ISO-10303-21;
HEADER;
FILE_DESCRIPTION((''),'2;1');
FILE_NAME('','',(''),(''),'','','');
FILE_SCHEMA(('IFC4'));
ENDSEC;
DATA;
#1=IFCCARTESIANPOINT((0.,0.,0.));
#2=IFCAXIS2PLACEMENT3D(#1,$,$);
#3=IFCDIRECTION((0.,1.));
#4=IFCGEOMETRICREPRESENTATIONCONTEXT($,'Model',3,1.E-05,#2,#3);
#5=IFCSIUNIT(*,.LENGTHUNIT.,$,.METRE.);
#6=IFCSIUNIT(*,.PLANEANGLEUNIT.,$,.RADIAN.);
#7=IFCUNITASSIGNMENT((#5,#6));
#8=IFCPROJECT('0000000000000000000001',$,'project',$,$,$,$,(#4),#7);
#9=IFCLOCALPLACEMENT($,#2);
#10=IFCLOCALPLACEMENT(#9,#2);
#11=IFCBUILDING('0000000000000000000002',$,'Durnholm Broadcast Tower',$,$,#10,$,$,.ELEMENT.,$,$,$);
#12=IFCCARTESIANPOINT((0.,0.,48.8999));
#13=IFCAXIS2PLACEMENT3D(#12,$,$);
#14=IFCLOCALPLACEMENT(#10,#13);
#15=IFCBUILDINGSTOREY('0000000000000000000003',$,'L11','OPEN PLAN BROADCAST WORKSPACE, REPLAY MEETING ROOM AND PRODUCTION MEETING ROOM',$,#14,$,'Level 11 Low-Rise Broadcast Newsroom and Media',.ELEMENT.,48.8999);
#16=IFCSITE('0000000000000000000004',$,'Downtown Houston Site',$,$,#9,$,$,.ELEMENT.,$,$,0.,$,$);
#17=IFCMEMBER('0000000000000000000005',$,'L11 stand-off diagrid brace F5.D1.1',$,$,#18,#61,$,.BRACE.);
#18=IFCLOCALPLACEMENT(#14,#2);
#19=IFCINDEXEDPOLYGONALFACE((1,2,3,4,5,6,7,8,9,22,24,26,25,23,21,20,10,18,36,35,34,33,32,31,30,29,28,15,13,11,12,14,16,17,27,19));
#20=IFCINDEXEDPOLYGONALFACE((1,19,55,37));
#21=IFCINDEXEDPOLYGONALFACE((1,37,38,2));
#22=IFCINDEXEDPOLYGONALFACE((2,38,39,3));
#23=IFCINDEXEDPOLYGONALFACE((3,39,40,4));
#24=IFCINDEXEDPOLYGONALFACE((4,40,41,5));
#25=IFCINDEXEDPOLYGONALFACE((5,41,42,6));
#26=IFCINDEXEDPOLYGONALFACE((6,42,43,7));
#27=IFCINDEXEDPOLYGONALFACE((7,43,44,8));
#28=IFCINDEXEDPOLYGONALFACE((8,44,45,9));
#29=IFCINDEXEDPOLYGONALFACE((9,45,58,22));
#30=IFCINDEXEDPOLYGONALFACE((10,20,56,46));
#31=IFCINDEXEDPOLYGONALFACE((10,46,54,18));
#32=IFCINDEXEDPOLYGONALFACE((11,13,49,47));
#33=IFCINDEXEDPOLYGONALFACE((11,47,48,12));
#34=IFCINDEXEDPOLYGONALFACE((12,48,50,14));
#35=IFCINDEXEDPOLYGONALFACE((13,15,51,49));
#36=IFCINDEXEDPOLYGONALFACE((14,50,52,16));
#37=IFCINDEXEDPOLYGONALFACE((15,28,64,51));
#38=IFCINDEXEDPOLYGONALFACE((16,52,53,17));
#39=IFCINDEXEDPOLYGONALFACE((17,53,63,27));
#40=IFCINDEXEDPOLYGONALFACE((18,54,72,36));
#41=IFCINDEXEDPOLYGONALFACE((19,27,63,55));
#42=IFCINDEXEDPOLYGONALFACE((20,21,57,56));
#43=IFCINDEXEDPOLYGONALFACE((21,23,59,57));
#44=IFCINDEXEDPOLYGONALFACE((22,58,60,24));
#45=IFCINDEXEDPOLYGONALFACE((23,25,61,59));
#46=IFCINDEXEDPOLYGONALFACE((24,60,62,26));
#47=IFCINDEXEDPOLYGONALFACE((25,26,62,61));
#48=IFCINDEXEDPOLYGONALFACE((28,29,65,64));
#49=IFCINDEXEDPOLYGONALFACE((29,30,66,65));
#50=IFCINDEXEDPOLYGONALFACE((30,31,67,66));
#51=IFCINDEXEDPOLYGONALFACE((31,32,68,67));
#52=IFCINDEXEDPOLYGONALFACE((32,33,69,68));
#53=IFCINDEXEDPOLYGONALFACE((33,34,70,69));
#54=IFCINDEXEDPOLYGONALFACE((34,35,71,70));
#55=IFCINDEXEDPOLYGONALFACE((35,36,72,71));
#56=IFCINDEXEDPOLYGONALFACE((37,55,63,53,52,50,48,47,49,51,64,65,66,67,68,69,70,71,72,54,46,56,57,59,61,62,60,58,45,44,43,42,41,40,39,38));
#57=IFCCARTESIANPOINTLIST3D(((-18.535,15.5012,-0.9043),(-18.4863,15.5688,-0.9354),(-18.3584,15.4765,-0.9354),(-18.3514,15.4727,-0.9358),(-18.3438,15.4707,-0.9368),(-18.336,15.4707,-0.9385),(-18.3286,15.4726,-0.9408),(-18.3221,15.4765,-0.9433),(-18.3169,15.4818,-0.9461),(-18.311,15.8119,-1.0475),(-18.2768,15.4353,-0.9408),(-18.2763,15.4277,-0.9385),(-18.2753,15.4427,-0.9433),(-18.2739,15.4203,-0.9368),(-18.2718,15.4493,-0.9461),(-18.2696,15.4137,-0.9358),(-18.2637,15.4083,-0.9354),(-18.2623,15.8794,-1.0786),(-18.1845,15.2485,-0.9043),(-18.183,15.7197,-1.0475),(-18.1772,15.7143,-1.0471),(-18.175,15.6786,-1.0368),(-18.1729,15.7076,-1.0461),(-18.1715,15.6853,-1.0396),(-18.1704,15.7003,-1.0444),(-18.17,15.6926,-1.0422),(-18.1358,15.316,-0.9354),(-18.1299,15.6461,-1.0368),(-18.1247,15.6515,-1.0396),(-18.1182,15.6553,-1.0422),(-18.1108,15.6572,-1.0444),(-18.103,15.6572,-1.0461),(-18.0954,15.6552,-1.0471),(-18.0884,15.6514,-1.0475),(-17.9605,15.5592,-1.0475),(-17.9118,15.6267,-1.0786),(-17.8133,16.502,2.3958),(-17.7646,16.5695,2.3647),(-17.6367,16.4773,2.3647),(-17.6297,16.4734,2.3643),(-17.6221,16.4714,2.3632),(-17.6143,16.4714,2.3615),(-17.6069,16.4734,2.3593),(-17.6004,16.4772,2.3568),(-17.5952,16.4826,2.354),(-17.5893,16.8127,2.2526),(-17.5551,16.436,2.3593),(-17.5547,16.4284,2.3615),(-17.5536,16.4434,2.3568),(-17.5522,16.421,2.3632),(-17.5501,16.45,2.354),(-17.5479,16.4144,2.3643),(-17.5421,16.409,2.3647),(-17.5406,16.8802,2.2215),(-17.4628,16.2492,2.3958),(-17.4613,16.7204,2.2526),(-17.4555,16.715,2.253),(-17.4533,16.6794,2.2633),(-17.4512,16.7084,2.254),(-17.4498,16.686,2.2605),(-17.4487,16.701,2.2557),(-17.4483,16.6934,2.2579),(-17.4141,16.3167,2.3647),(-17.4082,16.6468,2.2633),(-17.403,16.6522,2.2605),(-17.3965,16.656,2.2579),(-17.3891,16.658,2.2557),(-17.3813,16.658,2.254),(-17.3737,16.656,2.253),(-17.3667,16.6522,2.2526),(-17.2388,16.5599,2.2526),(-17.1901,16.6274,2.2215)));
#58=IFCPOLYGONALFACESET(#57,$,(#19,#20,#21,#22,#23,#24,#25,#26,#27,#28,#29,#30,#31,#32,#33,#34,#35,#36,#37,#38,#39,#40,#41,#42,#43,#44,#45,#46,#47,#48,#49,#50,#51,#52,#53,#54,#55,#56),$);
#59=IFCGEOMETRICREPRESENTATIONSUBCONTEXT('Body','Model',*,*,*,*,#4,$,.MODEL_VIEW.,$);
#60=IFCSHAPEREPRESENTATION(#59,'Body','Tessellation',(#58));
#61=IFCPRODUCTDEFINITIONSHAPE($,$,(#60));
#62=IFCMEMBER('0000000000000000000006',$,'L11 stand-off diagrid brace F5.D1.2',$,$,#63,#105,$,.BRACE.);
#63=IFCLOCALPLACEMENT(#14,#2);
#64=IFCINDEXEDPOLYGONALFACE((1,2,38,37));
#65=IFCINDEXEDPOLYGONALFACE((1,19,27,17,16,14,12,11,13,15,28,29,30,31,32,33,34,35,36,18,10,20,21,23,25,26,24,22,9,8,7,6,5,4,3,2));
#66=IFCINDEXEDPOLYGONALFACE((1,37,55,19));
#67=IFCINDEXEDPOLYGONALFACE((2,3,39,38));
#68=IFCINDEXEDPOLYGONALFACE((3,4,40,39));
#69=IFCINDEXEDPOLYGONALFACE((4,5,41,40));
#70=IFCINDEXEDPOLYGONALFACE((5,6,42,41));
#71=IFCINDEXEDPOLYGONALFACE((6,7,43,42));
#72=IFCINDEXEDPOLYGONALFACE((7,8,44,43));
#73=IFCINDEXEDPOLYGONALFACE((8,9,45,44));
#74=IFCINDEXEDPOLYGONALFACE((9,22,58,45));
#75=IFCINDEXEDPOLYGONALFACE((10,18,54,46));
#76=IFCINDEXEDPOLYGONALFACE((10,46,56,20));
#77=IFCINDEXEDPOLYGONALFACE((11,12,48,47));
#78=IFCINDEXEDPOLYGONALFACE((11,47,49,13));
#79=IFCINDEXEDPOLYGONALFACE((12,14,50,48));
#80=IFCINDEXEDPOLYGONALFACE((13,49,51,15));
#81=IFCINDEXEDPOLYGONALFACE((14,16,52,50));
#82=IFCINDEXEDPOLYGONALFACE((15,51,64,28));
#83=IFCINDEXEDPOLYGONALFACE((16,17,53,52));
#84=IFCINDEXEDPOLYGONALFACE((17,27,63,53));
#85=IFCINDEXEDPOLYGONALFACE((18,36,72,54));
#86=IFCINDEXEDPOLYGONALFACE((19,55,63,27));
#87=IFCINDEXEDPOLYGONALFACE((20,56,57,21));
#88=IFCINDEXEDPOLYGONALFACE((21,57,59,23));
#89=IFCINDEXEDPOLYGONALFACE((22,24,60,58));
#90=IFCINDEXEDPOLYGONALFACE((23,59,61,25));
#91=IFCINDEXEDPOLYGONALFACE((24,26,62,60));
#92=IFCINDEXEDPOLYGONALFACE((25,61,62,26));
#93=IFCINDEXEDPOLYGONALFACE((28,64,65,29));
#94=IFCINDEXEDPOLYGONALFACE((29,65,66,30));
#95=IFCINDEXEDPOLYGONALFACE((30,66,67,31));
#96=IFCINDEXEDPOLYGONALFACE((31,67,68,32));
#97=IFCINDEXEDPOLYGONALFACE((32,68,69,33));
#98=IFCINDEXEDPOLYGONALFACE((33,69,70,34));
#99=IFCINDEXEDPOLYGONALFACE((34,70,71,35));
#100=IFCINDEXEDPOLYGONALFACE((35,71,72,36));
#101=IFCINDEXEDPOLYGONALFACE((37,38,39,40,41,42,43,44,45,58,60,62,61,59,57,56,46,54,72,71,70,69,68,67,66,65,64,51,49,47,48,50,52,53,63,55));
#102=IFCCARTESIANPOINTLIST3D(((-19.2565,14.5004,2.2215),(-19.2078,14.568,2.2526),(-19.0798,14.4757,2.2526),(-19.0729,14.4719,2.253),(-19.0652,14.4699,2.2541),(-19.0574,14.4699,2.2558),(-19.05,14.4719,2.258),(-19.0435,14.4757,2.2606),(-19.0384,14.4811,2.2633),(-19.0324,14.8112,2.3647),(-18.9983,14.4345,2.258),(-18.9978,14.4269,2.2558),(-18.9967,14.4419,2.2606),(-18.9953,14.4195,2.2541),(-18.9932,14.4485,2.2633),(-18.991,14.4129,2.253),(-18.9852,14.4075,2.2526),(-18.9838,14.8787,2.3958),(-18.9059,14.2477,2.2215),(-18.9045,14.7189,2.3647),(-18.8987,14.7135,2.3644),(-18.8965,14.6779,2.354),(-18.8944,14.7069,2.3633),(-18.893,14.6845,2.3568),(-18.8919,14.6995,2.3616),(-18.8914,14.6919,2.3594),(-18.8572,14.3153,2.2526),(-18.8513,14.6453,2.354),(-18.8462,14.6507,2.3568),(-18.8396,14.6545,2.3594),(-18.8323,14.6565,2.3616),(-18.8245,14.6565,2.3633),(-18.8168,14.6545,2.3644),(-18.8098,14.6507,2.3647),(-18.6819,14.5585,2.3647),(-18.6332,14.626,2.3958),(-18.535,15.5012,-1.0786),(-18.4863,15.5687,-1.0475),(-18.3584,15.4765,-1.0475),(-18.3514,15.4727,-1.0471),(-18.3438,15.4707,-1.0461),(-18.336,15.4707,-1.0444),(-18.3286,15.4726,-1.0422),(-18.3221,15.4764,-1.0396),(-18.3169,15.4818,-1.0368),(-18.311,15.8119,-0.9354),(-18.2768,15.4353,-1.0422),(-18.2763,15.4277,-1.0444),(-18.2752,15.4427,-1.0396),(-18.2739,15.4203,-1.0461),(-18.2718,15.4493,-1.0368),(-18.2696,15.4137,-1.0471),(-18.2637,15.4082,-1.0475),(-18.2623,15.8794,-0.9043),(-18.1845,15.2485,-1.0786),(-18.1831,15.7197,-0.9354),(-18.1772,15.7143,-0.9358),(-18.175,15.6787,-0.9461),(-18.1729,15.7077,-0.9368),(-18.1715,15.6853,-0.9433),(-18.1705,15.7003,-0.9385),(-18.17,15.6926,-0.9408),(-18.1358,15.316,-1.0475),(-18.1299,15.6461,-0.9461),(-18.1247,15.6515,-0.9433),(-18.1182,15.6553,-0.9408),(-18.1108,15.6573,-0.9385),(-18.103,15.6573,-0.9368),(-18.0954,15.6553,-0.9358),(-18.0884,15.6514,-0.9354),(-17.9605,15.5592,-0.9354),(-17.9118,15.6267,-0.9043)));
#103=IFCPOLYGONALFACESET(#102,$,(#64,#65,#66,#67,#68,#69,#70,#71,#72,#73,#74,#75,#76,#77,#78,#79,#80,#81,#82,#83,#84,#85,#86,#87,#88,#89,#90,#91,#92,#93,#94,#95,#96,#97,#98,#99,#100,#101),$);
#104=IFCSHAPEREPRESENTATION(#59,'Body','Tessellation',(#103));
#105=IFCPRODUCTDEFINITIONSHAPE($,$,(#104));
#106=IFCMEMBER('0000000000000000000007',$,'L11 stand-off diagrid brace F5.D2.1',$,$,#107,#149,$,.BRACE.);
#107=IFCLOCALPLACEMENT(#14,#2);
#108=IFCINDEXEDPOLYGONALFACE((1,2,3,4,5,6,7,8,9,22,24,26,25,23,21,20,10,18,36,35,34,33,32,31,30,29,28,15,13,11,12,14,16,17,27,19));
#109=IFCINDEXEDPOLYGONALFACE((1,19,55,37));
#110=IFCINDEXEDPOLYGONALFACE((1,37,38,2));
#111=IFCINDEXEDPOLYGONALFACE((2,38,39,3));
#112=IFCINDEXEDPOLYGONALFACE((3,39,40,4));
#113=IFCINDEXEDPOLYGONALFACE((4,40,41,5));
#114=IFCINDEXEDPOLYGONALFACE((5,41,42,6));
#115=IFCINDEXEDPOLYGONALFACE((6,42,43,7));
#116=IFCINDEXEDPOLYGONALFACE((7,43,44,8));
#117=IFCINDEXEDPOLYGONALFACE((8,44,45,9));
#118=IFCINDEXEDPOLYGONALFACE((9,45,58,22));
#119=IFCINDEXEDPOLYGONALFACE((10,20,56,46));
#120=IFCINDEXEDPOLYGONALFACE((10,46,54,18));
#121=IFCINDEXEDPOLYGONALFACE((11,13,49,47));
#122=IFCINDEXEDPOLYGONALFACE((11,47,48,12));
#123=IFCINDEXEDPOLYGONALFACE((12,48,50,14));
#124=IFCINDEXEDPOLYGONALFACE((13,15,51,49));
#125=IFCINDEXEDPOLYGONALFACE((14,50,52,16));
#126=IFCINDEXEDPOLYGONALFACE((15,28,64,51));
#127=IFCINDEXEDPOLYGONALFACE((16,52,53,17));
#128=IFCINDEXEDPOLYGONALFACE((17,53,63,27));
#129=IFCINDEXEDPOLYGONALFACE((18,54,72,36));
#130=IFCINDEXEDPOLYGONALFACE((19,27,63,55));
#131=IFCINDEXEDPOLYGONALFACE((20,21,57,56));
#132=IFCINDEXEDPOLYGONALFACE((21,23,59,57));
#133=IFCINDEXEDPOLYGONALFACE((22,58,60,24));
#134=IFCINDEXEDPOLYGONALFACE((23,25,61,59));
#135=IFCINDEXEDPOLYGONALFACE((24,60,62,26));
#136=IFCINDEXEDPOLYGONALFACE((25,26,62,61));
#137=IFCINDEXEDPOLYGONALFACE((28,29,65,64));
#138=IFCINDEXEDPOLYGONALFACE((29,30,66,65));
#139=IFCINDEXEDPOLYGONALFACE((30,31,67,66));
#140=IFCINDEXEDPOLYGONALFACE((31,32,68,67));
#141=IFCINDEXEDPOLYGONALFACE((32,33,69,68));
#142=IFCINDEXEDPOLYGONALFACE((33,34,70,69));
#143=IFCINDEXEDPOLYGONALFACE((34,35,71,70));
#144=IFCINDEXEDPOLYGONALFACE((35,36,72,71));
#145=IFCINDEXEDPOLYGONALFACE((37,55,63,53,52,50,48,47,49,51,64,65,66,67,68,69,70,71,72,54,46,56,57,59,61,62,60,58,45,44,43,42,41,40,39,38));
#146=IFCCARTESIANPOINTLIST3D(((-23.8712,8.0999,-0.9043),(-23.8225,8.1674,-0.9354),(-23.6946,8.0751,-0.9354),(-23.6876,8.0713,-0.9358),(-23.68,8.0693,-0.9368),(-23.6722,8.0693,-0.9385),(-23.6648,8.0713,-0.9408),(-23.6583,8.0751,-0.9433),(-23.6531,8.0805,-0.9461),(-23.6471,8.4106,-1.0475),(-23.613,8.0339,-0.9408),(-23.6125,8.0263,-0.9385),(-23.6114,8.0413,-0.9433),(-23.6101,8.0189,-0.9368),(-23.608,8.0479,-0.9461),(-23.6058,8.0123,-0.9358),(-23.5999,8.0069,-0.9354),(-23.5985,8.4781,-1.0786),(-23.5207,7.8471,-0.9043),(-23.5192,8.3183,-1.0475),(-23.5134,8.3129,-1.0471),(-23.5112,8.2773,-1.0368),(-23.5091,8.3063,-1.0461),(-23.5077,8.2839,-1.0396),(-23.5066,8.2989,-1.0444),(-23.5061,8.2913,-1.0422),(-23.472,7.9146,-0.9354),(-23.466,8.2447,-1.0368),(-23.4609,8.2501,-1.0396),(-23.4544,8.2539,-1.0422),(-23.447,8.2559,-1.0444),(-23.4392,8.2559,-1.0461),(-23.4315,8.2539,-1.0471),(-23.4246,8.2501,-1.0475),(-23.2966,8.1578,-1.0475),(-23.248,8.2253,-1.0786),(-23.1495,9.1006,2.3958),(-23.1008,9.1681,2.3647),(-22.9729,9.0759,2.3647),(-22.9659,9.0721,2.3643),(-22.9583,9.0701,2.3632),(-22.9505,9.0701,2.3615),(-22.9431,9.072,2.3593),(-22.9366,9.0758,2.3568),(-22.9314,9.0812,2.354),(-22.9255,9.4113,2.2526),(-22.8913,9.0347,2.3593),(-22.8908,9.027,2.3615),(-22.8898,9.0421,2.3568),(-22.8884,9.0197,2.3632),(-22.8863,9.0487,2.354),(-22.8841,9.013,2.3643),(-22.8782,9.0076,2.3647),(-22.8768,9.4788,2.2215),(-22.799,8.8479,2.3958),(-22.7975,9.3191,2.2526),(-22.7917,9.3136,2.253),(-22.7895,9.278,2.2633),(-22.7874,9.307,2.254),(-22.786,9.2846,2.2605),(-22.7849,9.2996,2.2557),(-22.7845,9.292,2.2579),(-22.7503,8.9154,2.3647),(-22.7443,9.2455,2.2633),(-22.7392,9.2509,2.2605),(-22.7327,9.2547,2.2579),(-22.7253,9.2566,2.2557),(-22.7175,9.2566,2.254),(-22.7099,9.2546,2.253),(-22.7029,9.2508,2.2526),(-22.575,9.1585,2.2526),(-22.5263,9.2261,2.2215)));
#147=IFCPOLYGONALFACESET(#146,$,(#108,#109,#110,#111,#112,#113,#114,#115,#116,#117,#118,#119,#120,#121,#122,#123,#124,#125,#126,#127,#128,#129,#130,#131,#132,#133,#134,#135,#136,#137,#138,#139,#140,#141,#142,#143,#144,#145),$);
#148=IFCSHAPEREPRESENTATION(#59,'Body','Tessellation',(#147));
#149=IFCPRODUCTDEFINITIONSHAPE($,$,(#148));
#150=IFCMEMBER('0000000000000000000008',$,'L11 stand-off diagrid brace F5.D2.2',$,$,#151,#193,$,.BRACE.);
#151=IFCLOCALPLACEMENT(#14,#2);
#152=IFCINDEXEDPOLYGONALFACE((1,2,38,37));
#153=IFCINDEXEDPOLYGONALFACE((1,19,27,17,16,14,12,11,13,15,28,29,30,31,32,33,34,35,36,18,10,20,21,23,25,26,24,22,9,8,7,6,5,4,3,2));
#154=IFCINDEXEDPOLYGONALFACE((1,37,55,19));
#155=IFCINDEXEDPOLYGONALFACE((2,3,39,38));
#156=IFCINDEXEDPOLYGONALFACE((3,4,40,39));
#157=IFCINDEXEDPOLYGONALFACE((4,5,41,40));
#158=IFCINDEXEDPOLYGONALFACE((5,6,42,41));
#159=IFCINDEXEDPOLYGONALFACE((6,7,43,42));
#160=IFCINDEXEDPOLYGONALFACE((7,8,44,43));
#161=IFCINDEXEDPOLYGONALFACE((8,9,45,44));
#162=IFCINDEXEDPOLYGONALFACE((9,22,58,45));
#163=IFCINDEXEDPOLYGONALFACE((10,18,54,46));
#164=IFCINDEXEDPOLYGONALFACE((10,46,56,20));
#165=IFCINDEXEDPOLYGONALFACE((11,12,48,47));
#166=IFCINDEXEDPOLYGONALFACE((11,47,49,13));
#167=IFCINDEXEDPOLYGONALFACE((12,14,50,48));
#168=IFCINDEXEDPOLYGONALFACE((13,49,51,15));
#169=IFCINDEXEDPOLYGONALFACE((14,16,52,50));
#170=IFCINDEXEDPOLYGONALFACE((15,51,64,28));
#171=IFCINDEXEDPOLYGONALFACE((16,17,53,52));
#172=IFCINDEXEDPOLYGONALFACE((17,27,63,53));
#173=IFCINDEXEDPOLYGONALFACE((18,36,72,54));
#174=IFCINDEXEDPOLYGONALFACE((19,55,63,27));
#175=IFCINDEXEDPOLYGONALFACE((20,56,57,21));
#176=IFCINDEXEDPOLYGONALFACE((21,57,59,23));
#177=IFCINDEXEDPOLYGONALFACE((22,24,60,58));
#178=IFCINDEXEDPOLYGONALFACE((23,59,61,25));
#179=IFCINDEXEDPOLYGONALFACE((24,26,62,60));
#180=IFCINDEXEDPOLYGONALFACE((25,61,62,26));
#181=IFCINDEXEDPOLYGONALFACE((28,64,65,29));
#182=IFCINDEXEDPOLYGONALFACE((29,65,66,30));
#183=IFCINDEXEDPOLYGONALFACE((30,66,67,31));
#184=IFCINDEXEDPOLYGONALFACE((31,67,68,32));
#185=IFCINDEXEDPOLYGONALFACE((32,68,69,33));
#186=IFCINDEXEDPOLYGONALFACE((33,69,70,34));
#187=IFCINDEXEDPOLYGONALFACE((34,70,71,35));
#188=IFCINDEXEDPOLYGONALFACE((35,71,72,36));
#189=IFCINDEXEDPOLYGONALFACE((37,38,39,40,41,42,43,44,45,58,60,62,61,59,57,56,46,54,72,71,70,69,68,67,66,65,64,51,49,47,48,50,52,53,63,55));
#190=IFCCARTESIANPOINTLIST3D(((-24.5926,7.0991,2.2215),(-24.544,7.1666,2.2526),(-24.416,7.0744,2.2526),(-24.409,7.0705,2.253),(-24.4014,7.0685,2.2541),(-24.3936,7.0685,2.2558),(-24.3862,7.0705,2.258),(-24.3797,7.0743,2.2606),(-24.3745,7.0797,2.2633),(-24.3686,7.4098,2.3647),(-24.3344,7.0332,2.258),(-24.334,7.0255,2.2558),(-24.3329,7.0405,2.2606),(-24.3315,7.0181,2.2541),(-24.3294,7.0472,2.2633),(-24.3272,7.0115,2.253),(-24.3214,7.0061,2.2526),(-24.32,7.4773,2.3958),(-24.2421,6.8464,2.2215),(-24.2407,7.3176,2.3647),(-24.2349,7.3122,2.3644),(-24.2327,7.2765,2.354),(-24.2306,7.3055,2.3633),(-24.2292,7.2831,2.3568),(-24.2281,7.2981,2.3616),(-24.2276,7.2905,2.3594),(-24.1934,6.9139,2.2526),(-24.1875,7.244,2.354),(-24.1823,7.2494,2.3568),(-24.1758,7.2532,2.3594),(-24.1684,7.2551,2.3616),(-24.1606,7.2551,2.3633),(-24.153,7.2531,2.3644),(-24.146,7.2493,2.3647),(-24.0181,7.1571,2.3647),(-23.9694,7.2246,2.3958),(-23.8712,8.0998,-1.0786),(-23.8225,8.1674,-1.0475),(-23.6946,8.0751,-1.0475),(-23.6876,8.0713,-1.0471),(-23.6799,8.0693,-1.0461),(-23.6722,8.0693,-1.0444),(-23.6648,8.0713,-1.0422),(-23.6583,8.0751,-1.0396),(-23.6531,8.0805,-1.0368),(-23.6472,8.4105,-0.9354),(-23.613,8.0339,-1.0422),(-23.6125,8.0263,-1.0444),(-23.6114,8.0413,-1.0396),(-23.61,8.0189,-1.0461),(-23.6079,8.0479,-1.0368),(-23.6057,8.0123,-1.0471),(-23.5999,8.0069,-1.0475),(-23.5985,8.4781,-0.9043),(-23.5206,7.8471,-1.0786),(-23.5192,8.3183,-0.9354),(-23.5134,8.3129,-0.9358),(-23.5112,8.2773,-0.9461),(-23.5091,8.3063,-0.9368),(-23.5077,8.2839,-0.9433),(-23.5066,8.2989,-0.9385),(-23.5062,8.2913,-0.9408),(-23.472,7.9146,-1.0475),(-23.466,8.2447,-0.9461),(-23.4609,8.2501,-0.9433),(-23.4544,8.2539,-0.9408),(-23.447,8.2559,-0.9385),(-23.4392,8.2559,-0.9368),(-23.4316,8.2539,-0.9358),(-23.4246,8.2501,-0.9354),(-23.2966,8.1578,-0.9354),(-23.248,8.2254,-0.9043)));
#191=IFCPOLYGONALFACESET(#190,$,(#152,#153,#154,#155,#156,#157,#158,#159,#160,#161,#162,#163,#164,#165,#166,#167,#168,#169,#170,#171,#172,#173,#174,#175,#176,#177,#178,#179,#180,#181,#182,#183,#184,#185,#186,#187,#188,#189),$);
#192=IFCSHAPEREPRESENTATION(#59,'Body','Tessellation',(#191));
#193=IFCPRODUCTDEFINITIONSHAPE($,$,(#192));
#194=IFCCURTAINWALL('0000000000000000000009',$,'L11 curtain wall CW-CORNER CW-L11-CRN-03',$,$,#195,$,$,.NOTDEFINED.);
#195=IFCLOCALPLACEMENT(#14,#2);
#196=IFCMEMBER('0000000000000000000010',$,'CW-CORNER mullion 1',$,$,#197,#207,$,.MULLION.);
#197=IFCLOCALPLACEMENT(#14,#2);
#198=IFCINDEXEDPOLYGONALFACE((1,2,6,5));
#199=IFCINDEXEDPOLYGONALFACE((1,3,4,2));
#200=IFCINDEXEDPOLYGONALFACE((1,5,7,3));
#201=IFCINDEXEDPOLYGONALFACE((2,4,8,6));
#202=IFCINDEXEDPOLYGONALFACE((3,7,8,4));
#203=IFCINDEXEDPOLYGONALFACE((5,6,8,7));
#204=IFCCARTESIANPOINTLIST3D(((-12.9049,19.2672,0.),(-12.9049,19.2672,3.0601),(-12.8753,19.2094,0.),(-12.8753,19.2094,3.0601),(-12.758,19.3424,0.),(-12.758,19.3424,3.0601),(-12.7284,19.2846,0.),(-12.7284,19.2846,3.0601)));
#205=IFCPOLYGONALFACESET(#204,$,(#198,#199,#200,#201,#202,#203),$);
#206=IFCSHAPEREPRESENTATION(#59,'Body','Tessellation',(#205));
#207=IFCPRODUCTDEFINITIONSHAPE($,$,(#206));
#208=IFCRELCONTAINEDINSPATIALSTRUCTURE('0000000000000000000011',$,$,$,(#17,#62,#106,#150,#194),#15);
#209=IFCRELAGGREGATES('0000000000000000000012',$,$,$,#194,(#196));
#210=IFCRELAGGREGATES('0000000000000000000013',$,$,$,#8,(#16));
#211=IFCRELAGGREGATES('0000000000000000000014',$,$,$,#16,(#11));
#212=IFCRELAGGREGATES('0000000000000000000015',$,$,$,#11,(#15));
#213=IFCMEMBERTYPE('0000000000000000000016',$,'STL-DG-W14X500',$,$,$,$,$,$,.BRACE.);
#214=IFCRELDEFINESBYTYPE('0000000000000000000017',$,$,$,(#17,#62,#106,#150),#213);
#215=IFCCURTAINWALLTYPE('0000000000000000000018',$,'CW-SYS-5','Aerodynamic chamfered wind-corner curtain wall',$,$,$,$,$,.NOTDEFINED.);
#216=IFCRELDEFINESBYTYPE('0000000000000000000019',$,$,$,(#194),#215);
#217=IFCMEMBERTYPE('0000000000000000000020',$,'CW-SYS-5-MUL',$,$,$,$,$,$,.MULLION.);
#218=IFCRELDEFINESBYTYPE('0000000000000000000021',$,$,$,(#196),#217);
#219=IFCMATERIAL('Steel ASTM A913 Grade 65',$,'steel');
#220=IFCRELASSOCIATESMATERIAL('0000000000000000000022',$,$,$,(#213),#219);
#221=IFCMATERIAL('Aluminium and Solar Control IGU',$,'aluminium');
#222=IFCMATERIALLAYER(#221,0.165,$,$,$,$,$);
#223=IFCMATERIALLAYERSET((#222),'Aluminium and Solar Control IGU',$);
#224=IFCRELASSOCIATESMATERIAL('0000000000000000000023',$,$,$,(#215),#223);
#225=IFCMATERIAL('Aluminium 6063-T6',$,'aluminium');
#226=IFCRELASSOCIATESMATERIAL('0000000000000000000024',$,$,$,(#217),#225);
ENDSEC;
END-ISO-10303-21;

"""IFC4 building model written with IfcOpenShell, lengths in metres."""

from ifc_helpers import new_model, si_unit, direction, frame, origin, origin_2d, place, context, subcontext, project, spatial, rectangle, i_section, extrude, source, transform, mapped, material, layer, layer_set, material_profile, profile_set, type_object, type_shapes, element, aggregate, save


model = new_model("IFC4")

# Units and contexts
model_context = context("Model", 3, precision=1e-05, world=origin(), true_north=direction((0.0, 1.0)))
body_context = subcontext(model_context, "Body", "Model", "MODEL_VIEW")
ifc_project = project(units=[si_unit("LENGTHUNIT", "METRE"), si_unit("PLANEANGLEUNIT", "RADIAN")], contexts=[model_context])

# Site, building, storey
site_placement = place(None, origin())
site = spatial("IfcSite", under=ifc_project, at=site_placement, Name="Downtown Houston Site", CompositionType="ELEMENT", RefElevation=0.0)
building_placement = place(site_placement, origin())
building = spatial("IfcBuilding", under=site, at=building_placement, Name="Durnholm Broadcast Tower", CompositionType="ELEMENT")
storey_placement = place(building_placement, frame((0.0, 0.0, 48.8999)))
storey = spatial("IfcBuildingStorey", under=building, at=storey_placement, Name="L11", Description="OPEN PLAN BROADCAST WORKSPACE, REPLAY MEETING ROOM AND PRODUCTION MEETING ROOM", LongName="Level 11 Low-Rise Broadcast Newsroom and Media", CompositionType="ELEMENT", Elevation=48.8999)

# Members
ifc_material_1 = material(Name="Steel ASTM A913 Grade 65", Category="steel")
ifc_material_profile_1 = material_profile(ifc_material_1, i_section(OverallWidth=0.4321, OverallDepth=0.4978, WebThickness=0.0557, FlangeThickness=0.0889, FilletRadius=0.0305, at=origin_2d()), Name="W14X500")
ifc_profile_set_1 = profile_set([ifc_material_profile_1], Name="Steel ASTM A913 Grade 65")
member_type_1 = type_object("IfcMemberType", Name="STL-DG-W14X500", PredefinedType="BRACE", material=ifc_profile_set_1)
shared_shape_1 = source(origin(), body_context, "Body", "SweptSolid", [
    extrude(i_section(OverallWidth=0.4321, OverallDepth=0.4978, WebThickness=0.0557, FlangeThickness=0.0889, FilletRadius=0.0305, at=origin_2d()), origin(), (0.0, 0.0, 1.0), 3.5232),
])
type_shapes(member_type_1, [shared_shape_1])
for number, where, z_axis, x_axis, name in (
    (1, (-18.2234, 15.564, -0.9915), (0.204839, 0.284045, 0.936675), (-0.811091, 0.58492, 0.0), "L11 stand-off diagrid brace F5.D1.1"),
    (2, (-18.2234, 15.564, -0.9915), (-0.204773, -0.284049, 0.936688), (0.811185, -0.584789, 0.0), "L11 stand-off diagrid brace F5.D1.2"),
    (3, (-23.5596, 8.1626, -0.9915), (0.204839, 0.284045, 0.936675), (-0.811091, 0.58492, 0.0), "L11 stand-off diagrid brace F5.D2.1"),
    (4, (-23.5596, 8.1626, -0.9915), (-0.204773, -0.284049, 0.936688), (0.811185, -0.584789, 0.0), "L11 stand-off diagrid brace F5.D2.2"),
):
    element("IfcMember", number, at=place(storey_placement, frame(where, z_axis=z_axis, x_axis=x_axis)), inside=storey, type_object=member_type_1, Name=name, PredefinedType="BRACE", context=body_context, shape_type="MappedRepresentation", body=[
        mapped(shared_shape_1, transform((0.0, 0.0, 0.0), x_axis=(1.0, 0.0, 0.0), y_axis=(0.0, 1.0, 0.0), z_axis=(0.0, 0.0, 1.0), scale=1.0)),
    ])

# Curtain wall, member
ifc_material_2 = material(Name="Aluminium and Solar Control IGU", Category="aluminium")
ifc_layer_1 = layer(ifc_material_2, 0.165)
ifc_layer_set_1 = layer_set([ifc_layer_1], Name="Aluminium and Solar Control IGU")
curtain_wall_type_1 = type_object("IfcCurtainWallType", Name="CW-SYS-5", Description="Aerodynamic chamfered wind-corner curtain wall", PredefinedType="NOTDEFINED", material=ifc_layer_set_1)
curtain_wall_1_placement = place(storey_placement, origin())
curtain_wall_1 = element("IfcCurtainWall", 5, at=curtain_wall_1_placement, inside=storey, type_object=curtain_wall_type_1, Name="L11 curtain wall CW-CORNER CW-L11-CRN-03", PredefinedType="NOTDEFINED")
ifc_material_3 = material(Name="Aluminium 6063-T6", Category="aluminium")
ifc_material_profile_2 = material_profile(ifc_material_3, rectangle(XDim=0.0649, YDim=0.165, at=origin_2d()), Name="CWM65X165")
ifc_profile_set_2 = profile_set([ifc_material_profile_2], Name="Aluminium 6063-T6")
member_type_2 = type_object("IfcMemberType", Name="CW-SYS-5-MUL", PredefinedType="MULLION", material=ifc_profile_set_2)
shared_shape_2 = source(origin(), body_context, "Body", "SweptSolid", [
    extrude(rectangle(XDim=0.0649, YDim=0.165, at=origin_2d()), origin(), (0.0, 0.0, 1.0), 3.0601),
])
type_shapes(member_type_2, [shared_shape_2])
member_1_placement = place(storey_placement, frame((-12.8167, 19.2759, 0.0), z_axis=(0.0, 0.0, 1.0), x_axis=(-0.455594, 0.890188, 0.0)))
member_1 = element("IfcMember", 6, at=member_1_placement, type_object=member_type_2, Name="CW-CORNER mullion 1", PredefinedType="MULLION", context=body_context, shape_type="MappedRepresentation", body=[
    mapped(shared_shape_2, transform((0.0, 0.0, 0.0), x_axis=(1.0, 0.0, 0.0), y_axis=(0.0, 1.0, 0.0), z_axis=(0.0, 0.0, 1.0), scale=1.0)),
])
aggregate(curtain_wall_1, [member_1])

save(model, "model.ifc")
